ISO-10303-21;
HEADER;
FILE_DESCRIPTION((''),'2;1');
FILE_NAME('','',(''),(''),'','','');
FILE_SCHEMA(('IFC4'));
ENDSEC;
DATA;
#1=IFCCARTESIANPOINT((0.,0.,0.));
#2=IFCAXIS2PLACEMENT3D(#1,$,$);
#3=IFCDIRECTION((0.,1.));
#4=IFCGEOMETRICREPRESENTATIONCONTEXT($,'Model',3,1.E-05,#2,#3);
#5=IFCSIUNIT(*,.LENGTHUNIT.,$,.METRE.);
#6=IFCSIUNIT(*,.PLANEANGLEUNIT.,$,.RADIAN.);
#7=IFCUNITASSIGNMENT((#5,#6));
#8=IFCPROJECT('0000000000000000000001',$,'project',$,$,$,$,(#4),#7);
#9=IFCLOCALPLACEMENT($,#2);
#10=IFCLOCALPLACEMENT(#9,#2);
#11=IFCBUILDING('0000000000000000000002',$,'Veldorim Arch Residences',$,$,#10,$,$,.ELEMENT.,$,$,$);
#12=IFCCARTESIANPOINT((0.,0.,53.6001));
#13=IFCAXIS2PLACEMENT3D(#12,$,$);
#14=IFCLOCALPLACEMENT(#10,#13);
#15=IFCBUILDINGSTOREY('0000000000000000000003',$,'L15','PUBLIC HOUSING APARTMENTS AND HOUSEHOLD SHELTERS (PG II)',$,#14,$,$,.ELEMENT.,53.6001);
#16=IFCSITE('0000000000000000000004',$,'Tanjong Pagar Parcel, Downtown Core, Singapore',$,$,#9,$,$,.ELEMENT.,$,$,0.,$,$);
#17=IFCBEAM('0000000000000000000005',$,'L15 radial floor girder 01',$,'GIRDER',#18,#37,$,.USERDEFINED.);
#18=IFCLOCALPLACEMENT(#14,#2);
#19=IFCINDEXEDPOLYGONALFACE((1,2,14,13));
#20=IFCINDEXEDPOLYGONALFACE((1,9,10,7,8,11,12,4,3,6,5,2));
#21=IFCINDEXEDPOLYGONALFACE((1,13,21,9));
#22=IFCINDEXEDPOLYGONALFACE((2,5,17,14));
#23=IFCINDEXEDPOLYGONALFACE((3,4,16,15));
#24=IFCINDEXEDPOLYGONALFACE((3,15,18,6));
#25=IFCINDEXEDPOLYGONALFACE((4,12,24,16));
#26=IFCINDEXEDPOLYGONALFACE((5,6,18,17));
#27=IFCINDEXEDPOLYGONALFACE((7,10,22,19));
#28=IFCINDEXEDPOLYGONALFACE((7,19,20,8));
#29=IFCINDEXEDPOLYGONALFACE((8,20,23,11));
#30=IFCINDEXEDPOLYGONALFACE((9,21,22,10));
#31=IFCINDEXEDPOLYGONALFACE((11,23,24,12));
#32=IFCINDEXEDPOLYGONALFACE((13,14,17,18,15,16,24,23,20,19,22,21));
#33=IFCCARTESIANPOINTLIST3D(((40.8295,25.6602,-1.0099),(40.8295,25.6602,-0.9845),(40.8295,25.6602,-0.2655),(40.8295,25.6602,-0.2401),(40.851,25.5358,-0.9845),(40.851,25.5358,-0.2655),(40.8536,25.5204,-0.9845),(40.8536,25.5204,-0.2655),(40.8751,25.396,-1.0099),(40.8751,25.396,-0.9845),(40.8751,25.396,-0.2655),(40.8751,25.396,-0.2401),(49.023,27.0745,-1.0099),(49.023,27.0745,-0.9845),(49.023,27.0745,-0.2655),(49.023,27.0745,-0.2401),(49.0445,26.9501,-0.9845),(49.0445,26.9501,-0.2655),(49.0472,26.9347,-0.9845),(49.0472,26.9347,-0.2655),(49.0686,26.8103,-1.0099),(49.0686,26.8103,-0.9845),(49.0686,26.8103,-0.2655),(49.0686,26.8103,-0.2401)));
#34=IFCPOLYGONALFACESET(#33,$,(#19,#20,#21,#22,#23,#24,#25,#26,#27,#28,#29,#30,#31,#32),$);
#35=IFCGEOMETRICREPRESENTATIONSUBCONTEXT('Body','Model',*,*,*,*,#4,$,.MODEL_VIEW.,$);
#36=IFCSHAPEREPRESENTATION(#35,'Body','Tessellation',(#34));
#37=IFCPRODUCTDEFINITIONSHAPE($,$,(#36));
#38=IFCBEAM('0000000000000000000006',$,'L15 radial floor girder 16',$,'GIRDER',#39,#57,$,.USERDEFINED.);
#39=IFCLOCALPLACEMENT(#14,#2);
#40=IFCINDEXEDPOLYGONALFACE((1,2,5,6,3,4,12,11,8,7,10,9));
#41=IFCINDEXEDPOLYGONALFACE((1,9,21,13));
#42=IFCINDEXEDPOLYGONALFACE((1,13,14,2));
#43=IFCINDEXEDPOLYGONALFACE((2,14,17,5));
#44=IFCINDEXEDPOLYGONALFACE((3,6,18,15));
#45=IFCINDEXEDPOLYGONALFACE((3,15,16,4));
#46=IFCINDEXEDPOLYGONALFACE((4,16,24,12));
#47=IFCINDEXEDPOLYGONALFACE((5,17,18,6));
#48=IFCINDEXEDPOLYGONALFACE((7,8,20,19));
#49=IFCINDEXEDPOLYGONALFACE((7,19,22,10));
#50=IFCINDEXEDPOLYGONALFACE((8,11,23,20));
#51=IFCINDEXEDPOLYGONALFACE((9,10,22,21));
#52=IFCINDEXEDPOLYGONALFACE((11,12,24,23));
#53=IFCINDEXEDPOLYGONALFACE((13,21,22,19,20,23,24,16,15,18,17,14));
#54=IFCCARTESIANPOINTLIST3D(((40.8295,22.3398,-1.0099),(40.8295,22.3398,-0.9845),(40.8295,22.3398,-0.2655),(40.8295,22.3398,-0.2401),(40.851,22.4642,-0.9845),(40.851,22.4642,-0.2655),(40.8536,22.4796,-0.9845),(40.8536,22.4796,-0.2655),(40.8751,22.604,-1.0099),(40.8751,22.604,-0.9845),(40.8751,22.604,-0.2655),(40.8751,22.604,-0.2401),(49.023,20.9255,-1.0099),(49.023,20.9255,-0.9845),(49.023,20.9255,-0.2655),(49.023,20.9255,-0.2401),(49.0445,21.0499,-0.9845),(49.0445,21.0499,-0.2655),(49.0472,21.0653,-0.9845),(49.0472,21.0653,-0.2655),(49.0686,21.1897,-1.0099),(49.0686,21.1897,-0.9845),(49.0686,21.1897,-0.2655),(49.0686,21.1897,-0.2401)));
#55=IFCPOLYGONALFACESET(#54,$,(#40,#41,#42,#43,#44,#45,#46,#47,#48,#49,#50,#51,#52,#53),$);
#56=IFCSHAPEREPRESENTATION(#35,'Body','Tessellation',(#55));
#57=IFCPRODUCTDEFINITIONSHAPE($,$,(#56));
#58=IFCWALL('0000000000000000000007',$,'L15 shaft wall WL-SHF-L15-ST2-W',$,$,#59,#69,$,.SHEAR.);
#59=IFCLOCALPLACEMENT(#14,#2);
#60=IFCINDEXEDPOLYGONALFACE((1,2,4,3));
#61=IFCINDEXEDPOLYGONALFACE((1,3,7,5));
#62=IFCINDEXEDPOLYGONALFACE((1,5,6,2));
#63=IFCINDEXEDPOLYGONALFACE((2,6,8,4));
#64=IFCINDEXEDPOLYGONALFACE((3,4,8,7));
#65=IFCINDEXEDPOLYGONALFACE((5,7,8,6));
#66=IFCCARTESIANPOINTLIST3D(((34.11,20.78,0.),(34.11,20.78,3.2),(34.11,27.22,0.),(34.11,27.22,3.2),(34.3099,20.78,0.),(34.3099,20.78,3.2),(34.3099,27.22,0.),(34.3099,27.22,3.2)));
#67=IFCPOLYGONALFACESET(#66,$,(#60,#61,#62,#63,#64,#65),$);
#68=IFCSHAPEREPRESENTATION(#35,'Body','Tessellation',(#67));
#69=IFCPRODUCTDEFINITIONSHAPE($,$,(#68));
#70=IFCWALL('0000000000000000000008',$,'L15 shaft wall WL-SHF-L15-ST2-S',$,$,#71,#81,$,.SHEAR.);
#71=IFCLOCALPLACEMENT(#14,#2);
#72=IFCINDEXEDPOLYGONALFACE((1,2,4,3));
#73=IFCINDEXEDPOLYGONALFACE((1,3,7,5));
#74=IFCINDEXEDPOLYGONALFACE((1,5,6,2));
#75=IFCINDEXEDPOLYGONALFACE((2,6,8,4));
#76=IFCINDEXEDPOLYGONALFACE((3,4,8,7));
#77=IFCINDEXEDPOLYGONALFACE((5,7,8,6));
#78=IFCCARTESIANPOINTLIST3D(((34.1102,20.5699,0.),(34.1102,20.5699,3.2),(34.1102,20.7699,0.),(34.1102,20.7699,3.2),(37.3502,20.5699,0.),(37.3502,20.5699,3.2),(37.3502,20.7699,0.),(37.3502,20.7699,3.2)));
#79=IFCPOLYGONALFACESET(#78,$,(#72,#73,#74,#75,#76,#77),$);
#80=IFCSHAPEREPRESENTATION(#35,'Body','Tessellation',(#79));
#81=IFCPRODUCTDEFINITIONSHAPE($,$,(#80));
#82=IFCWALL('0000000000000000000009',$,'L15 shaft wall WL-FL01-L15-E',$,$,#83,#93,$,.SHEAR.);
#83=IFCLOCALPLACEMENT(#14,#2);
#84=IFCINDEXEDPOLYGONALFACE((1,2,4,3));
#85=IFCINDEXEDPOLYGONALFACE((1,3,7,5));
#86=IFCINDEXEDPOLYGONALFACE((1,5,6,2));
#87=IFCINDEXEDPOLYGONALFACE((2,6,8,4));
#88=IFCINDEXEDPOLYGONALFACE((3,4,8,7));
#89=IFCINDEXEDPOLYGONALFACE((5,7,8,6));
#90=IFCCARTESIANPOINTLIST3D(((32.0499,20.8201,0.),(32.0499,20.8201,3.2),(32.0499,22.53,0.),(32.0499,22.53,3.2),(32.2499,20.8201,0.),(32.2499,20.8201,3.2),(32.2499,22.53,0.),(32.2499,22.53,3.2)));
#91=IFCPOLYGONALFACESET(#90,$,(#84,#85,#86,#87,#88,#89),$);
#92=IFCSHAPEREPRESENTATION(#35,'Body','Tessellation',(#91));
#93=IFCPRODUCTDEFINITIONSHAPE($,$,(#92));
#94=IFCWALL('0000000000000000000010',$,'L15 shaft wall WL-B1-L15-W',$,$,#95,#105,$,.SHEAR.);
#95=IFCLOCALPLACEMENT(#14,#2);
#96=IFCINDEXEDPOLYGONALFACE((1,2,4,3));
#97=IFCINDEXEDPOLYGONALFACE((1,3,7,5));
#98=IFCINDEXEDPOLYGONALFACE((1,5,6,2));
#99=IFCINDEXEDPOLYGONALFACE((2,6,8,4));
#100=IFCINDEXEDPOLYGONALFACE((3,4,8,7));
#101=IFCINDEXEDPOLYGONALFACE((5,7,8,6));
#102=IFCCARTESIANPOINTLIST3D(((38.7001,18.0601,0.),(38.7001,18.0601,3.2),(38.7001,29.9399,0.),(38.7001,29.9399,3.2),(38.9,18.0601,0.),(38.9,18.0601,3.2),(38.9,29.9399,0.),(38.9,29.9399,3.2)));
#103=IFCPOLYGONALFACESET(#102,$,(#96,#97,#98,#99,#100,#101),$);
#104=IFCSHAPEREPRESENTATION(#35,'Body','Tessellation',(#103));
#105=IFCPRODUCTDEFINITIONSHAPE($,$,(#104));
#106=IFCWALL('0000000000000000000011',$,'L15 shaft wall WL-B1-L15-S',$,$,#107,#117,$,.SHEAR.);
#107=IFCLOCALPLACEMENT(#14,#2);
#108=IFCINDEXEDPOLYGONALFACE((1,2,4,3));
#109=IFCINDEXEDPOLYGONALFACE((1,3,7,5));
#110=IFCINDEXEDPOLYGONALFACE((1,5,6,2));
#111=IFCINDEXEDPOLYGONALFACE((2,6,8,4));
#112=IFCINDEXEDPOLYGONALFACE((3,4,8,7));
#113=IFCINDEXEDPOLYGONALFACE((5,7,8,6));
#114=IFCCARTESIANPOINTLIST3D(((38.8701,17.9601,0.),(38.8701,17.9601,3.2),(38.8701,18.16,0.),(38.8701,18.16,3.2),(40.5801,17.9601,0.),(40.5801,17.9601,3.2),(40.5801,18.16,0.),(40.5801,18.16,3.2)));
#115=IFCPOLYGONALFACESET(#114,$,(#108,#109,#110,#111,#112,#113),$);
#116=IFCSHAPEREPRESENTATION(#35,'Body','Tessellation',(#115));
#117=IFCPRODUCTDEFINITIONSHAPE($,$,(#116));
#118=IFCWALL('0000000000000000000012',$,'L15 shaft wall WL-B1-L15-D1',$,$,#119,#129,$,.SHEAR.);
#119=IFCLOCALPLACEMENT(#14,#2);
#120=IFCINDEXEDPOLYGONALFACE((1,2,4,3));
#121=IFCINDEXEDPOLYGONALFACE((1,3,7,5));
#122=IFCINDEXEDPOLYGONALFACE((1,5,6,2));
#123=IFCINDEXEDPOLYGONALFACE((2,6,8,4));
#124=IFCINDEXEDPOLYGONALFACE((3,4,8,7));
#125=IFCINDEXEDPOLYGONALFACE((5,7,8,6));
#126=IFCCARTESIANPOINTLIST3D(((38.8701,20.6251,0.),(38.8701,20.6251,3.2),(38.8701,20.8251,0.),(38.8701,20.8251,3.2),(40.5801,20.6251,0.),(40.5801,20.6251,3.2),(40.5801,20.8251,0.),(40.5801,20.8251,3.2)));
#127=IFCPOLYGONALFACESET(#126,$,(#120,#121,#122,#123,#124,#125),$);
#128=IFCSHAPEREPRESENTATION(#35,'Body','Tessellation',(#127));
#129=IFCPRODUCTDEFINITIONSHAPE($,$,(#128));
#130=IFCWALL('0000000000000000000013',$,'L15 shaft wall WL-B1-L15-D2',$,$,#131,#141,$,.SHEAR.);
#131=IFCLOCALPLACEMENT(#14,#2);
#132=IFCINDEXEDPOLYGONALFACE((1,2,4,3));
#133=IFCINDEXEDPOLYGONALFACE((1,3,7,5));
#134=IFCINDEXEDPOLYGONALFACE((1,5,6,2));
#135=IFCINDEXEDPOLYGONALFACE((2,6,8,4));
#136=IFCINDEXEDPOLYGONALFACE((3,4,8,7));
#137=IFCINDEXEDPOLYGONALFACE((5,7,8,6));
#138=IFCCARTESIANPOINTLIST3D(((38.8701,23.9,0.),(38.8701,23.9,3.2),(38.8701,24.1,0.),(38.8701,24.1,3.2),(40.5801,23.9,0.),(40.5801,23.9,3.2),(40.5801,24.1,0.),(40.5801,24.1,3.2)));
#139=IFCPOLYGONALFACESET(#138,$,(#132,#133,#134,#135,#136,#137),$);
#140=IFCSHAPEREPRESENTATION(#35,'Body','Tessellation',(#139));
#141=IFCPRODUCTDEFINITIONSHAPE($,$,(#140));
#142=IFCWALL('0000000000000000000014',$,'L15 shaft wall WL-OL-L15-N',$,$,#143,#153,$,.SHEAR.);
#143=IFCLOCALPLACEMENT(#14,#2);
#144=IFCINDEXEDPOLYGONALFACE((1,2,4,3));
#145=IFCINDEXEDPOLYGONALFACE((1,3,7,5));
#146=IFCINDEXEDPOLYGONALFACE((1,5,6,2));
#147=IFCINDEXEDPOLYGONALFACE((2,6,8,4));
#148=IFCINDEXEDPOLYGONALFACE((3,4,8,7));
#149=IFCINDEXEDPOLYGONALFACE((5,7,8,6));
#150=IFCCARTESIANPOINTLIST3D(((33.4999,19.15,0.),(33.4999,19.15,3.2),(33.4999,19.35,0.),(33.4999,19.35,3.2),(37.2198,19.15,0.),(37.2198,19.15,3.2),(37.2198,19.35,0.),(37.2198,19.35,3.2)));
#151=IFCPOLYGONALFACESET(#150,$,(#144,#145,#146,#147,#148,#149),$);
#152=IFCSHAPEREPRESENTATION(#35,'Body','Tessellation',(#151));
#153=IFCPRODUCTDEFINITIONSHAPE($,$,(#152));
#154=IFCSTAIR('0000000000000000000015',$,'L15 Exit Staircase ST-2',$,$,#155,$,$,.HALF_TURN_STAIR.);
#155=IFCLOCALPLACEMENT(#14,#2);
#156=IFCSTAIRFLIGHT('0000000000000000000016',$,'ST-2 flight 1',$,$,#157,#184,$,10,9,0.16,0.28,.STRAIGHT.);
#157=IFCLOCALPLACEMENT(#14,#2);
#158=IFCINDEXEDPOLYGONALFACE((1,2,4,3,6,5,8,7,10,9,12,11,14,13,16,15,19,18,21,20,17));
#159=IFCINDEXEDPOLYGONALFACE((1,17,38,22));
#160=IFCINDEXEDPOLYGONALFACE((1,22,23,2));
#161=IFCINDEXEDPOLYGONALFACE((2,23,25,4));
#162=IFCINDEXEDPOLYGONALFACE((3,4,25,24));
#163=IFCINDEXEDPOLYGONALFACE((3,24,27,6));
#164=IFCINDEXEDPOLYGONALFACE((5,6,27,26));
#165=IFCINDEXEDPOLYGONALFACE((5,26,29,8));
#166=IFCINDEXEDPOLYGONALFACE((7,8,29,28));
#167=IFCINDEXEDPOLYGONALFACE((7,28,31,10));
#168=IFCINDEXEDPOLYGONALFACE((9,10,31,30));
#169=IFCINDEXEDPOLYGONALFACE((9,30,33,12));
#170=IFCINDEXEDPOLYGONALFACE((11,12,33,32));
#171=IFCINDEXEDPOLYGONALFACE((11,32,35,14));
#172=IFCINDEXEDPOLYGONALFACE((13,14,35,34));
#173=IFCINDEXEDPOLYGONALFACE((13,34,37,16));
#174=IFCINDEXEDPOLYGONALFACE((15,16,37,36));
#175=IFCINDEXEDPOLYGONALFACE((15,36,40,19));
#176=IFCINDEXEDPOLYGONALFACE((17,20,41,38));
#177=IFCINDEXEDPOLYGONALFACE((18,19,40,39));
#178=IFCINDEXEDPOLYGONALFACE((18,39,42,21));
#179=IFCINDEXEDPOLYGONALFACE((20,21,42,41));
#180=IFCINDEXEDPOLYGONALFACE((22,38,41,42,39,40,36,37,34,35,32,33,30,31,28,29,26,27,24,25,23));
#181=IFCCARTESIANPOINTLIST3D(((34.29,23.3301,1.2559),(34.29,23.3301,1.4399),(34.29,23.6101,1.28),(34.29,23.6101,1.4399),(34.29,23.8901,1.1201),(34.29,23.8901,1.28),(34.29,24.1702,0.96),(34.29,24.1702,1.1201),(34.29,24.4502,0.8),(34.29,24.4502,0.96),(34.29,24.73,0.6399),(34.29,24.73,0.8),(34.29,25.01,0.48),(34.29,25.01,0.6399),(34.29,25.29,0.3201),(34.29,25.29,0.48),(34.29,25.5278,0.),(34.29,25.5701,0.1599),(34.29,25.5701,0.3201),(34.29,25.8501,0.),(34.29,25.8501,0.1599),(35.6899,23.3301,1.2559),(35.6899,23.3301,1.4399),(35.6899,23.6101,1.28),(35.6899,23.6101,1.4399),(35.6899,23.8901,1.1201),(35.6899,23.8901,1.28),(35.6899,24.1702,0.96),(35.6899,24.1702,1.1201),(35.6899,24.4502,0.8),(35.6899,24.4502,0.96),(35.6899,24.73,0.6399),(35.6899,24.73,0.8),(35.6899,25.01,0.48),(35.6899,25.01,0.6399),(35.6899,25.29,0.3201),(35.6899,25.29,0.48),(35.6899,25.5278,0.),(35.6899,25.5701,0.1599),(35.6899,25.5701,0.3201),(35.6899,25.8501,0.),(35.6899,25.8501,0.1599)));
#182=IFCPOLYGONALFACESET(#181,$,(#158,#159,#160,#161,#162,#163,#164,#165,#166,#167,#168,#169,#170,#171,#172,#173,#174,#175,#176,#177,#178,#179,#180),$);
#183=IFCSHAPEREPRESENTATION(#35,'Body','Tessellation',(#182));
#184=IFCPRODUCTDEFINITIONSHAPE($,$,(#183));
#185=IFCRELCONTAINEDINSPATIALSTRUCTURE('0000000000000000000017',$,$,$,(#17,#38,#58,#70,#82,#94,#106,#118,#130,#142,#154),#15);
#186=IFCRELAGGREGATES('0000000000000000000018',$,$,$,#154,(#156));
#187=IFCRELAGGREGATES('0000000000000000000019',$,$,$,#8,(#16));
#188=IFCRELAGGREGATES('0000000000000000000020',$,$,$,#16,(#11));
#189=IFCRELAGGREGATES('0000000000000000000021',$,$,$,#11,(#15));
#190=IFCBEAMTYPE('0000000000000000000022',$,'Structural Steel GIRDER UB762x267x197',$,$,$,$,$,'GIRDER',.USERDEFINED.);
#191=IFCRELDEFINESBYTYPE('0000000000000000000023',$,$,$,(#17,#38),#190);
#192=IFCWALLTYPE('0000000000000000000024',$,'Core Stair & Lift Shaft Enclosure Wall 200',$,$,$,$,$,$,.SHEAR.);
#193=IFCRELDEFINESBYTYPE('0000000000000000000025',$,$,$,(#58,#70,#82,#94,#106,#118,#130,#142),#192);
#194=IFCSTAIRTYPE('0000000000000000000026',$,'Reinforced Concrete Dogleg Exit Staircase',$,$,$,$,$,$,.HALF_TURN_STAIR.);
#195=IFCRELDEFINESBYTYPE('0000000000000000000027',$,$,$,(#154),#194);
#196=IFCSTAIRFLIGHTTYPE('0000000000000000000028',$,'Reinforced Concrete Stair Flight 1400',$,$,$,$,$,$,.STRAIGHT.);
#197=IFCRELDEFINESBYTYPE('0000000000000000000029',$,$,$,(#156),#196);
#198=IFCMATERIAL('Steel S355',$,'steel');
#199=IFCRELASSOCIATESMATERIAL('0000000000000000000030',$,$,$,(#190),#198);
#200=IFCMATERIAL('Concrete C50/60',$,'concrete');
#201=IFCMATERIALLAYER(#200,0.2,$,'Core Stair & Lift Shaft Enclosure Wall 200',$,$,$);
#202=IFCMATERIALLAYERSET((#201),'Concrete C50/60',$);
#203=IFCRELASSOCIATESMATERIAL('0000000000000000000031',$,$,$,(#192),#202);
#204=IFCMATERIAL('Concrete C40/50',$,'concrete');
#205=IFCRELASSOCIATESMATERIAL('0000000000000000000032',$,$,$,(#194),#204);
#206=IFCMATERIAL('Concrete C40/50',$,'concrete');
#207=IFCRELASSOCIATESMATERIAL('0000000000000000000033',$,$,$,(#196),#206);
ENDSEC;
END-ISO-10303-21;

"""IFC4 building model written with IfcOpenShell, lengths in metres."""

from ifc_helpers import new_model, si_unit, direction, frame, frame_2d, origin, origin_2d, place, context, subcontext, project, spatial, polyline, rectangle, i_section, outline, extrude, material, layer, layer_set, material_profile, profile_set, type_object, element, aggregate, save


model = new_model("IFC4")

# Units and contexts
model_context = context("Model", 3, precision=1e-05, world=origin(), true_north=direction((0.0, 1.0)))
body_context = subcontext(model_context, "Body", "Model", "MODEL_VIEW")
ifc_project = project(units=[si_unit("LENGTHUNIT", "METRE"), si_unit("PLANEANGLEUNIT", "RADIAN")], contexts=[model_context])

# Site, building, storey
site_placement = place(None, origin())
site = spatial("IfcSite", under=ifc_project, at=site_placement, Name="Tanjong Pagar Parcel, Downtown Core, Singapore", CompositionType="ELEMENT", RefElevation=0.0)
building_placement = place(site_placement, origin())
building = spatial("IfcBuilding", under=site, at=building_placement, Name="Veldorim Arch Residences", CompositionType="ELEMENT")
storey_placement = place(building_placement, frame((0.0, 0.0, 53.6001)))
storey = spatial("IfcBuildingStorey", under=building, at=storey_placement, Name="L15", Description="PUBLIC HOUSING APARTMENTS AND HOUSEHOLD SHELTERS (PG II)", CompositionType="ELEMENT", Elevation=53.6001)

# Beams
ifc_material_1 = material(Name="Steel S355", Category="steel")
ifc_material_profile = material_profile(ifc_material_1, i_section(OverallWidth=0.2681, OverallDepth=0.7698, WebThickness=0.0156, FlangeThickness=0.0254, at=origin_2d()), Name="UB762x267x197")
ifc_profile_set = profile_set([ifc_material_profile], Name="Steel S355")
beam_type = type_object("IfcBeamType", Name="Structural Steel GIRDER UB762x267x197", ElementType="GIRDER", PredefinedType="USERDEFINED", material=ifc_profile_set)
for number, where, z_axis, x_axis, name in (
    (1, (40.8523, 25.5281, -0.625), (0.985428, 0.170096, 0.0), (-0.170096, 0.985428, 0.0), "L15 radial floor girder 01"),
    (2, (40.8523, 22.4719, -0.625), (0.985428, -0.170096, 0.0), (0.170096, 0.985428, 0.0), "L15 radial floor girder 16"),
):
    element("IfcBeam", number, at=place(storey_placement, frame(where, z_axis=z_axis, x_axis=x_axis)), inside=storey, type_object=beam_type, Name=name, ObjectType="GIRDER", PredefinedType="USERDEFINED", context=body_context, shape_type="SweptSolid", body=[
        extrude(i_section(OverallWidth=0.2681, OverallDepth=0.7698, WebThickness=0.0156, FlangeThickness=0.0254, at=origin_2d()), origin(), (0.0, 0.0, 1.0), 8.3147),
    ])

# Walls
ifc_material_2 = material(Name="Concrete C50/60", Category="concrete")
ifc_layer = layer(ifc_material_2, 0.2, Name="Core Stair & Lift Shaft Enclosure Wall 200")
ifc_layer_set = layer_set([ifc_layer], Name="Concrete C50/60")
wall_type = type_object("IfcWallType", Name="Core Stair & Lift Shaft Enclosure Wall 200", PredefinedType="SHEAR", material=ifc_layer_set)
wall_1_placement = place(storey_placement, frame((34.21, 20.78, 0.0), z_axis=(0.0, 0.0, 1.0), x_axis=(0.0, 1.0, 0.0)))
element("IfcWall", 3, at=wall_1_placement, inside=storey, type_object=wall_type, Name="L15 shaft wall WL-SHF-L15-ST2-W", PredefinedType="SHEAR", context=body_context, shape_type="SweptSolid", body=[
    extrude(rectangle(XDim=6.4399, YDim=0.2, at=frame_2d((3.22, 0.0))), origin(), (0.0, 0.0, 1.0), 3.2),
])
wall_2_placement = place(storey_placement, frame((34.1101, 20.6699, 0.0), z_axis=(0.0, 0.0, 1.0), x_axis=(1.0, 0.0, 0.0)))
element("IfcWall", 4, at=wall_2_placement, inside=storey, type_object=wall_type, Name="L15 shaft wall WL-SHF-L15-ST2-S", PredefinedType="SHEAR", context=body_context, shape_type="SweptSolid", body=[
    extrude(rectangle(XDim=3.24, YDim=0.2, at=frame_2d((1.6201, 0.0))), origin(), (0.0, 0.0, 1.0), 3.2),
])
wall_3_placement = place(storey_placement, frame((32.1499, 20.8201, 0.0), z_axis=(0.0, 0.0, 1.0), x_axis=(0.0, 1.0, 0.0)))
element("IfcWall", 5, at=wall_3_placement, inside=storey, type_object=wall_type, Name="L15 shaft wall WL-FL01-L15-E", PredefinedType="SHEAR", context=body_context, shape_type="SweptSolid", body=[
    extrude(rectangle(XDim=1.71, YDim=0.2, at=frame_2d((0.855, 0.0))), origin(), (0.0, 0.0, 1.0), 3.2),
])
wall_4_placement = place(storey_placement, frame((38.8, 18.0601, 0.0), z_axis=(0.0, 0.0, 1.0), x_axis=(0.0, 1.0, 0.0)))
element("IfcWall", 6, at=wall_4_placement, inside=storey, type_object=wall_type, Name="L15 shaft wall WL-B1-L15-W", PredefinedType="SHEAR", context=body_context, shape_type="SweptSolid", body=[
    extrude(rectangle(XDim=11.8799, YDim=0.2, at=frame_2d((5.9399, 0.0))), origin(), (0.0, 0.0, 1.0), 3.2),
])
for number, where, z_axis, x_axis, name in (
    (7, (38.8701, 18.0601, 0.0), (0.0, 0.0, 1.0), (1.0, 0.0, 0.0), "L15 shaft wall WL-B1-L15-S"),
    (8, (38.8701, 20.7251, 0.0), (0.0, 0.0, 1.0), (1.0, 0.0, 0.0), "L15 shaft wall WL-B1-L15-D1"),
    (9, (38.8701, 24.0, 0.0), (0.0, 0.0, 1.0), (1.0, 0.0, 0.0), "L15 shaft wall WL-B1-L15-D2"),
):
    element("IfcWall", number, at=place(storey_placement, frame(where, z_axis=z_axis, x_axis=x_axis)), inside=storey, type_object=wall_type, Name=name, PredefinedType="SHEAR", context=body_context, shape_type="SweptSolid", body=[
        extrude(rectangle(XDim=1.71, YDim=0.2, at=frame_2d((0.855, 0.0))), origin(), (0.0, 0.0, 1.0), 3.2),
    ])
wall_5_placement = place(storey_placement, frame((33.5, 19.25, 0.0), z_axis=(0.0, 0.0, 1.0), x_axis=(1.0, 0.0, 0.0)))
element("IfcWall", 10, at=wall_5_placement, inside=storey, type_object=wall_type, Name="L15 shaft wall WL-OL-L15-N", PredefinedType="SHEAR", context=body_context, shape_type="SweptSolid", body=[
    extrude(rectangle(XDim=3.72, YDim=0.2, at=frame_2d((1.8599, 0.0))), origin(), (0.0, 0.0, 1.0), 3.2),
])

# Stair, stair flight
ifc_material_3 = material(Name="Concrete C40/50", Category="concrete")
stair_type = type_object("IfcStairType", Name="Reinforced Concrete Dogleg Exit Staircase", PredefinedType="HALF_TURN_STAIR", material=ifc_material_3)
stair_placement = place(storey_placement, origin())
stair = element("IfcStair", 11, at=stair_placement, inside=storey, type_object=stair_type, Name="L15 Exit Staircase ST-2", PredefinedType="HALF_TURN_STAIR")
ifc_material_4 = material(Name="Concrete C40/50", Category="concrete")
stair_flight_type = type_object("IfcStairFlightType", Name="Reinforced Concrete Stair Flight 1400", PredefinedType="STRAIGHT", material=ifc_material_4)
stair_flight_1_placement = place(storey_placement, frame((34.99, 25.8501, 0.0), z_axis=(0.0, 0.0, 1.0), x_axis=(0.0, -1.0, 0.0)))
stair_flight_1 = element("IfcStairFlight", 12, at=stair_flight_1_placement, type_object=stair_flight_type, Name="ST-2 flight 1", NumberOfRisers=10, NumberOfTreads=9, PredefinedType="STRAIGHT", RiserHeight=0.16, TreadLength=0.28, context=body_context, shape_type="SweptSolid", body=[
    extrude(outline(polyline([(0.0, 0.0), (0.0, 0.1599), (0.28, 0.1599), (0.28, 0.3201), (0.5601, 0.3201), (0.5601, 0.48), (0.8401, 0.48), (0.8401, 0.6399), (1.1201, 0.6399), (1.1201, 0.8), (1.3999, 0.8), (1.3999, 0.96), (1.6799, 0.96), (1.6799, 1.1201), (1.96, 1.1201), (1.96, 1.28), (2.24, 1.28), (2.24, 1.4399), (2.52, 1.4399), (2.52, 1.6001), (2.52, 1.2559), (0.3223, 0.0), (0.0, 0.0)])), frame((0.0, 0.7, 0.0), z_axis=(0.0, -1.0, 0.0), x_axis=(1.0, 0.0, 0.0)), (0.0, 0.0, 1.0), 1.3999),
])
aggregate(stair, [stair_flight_1])

save(model, "model.ifc")
